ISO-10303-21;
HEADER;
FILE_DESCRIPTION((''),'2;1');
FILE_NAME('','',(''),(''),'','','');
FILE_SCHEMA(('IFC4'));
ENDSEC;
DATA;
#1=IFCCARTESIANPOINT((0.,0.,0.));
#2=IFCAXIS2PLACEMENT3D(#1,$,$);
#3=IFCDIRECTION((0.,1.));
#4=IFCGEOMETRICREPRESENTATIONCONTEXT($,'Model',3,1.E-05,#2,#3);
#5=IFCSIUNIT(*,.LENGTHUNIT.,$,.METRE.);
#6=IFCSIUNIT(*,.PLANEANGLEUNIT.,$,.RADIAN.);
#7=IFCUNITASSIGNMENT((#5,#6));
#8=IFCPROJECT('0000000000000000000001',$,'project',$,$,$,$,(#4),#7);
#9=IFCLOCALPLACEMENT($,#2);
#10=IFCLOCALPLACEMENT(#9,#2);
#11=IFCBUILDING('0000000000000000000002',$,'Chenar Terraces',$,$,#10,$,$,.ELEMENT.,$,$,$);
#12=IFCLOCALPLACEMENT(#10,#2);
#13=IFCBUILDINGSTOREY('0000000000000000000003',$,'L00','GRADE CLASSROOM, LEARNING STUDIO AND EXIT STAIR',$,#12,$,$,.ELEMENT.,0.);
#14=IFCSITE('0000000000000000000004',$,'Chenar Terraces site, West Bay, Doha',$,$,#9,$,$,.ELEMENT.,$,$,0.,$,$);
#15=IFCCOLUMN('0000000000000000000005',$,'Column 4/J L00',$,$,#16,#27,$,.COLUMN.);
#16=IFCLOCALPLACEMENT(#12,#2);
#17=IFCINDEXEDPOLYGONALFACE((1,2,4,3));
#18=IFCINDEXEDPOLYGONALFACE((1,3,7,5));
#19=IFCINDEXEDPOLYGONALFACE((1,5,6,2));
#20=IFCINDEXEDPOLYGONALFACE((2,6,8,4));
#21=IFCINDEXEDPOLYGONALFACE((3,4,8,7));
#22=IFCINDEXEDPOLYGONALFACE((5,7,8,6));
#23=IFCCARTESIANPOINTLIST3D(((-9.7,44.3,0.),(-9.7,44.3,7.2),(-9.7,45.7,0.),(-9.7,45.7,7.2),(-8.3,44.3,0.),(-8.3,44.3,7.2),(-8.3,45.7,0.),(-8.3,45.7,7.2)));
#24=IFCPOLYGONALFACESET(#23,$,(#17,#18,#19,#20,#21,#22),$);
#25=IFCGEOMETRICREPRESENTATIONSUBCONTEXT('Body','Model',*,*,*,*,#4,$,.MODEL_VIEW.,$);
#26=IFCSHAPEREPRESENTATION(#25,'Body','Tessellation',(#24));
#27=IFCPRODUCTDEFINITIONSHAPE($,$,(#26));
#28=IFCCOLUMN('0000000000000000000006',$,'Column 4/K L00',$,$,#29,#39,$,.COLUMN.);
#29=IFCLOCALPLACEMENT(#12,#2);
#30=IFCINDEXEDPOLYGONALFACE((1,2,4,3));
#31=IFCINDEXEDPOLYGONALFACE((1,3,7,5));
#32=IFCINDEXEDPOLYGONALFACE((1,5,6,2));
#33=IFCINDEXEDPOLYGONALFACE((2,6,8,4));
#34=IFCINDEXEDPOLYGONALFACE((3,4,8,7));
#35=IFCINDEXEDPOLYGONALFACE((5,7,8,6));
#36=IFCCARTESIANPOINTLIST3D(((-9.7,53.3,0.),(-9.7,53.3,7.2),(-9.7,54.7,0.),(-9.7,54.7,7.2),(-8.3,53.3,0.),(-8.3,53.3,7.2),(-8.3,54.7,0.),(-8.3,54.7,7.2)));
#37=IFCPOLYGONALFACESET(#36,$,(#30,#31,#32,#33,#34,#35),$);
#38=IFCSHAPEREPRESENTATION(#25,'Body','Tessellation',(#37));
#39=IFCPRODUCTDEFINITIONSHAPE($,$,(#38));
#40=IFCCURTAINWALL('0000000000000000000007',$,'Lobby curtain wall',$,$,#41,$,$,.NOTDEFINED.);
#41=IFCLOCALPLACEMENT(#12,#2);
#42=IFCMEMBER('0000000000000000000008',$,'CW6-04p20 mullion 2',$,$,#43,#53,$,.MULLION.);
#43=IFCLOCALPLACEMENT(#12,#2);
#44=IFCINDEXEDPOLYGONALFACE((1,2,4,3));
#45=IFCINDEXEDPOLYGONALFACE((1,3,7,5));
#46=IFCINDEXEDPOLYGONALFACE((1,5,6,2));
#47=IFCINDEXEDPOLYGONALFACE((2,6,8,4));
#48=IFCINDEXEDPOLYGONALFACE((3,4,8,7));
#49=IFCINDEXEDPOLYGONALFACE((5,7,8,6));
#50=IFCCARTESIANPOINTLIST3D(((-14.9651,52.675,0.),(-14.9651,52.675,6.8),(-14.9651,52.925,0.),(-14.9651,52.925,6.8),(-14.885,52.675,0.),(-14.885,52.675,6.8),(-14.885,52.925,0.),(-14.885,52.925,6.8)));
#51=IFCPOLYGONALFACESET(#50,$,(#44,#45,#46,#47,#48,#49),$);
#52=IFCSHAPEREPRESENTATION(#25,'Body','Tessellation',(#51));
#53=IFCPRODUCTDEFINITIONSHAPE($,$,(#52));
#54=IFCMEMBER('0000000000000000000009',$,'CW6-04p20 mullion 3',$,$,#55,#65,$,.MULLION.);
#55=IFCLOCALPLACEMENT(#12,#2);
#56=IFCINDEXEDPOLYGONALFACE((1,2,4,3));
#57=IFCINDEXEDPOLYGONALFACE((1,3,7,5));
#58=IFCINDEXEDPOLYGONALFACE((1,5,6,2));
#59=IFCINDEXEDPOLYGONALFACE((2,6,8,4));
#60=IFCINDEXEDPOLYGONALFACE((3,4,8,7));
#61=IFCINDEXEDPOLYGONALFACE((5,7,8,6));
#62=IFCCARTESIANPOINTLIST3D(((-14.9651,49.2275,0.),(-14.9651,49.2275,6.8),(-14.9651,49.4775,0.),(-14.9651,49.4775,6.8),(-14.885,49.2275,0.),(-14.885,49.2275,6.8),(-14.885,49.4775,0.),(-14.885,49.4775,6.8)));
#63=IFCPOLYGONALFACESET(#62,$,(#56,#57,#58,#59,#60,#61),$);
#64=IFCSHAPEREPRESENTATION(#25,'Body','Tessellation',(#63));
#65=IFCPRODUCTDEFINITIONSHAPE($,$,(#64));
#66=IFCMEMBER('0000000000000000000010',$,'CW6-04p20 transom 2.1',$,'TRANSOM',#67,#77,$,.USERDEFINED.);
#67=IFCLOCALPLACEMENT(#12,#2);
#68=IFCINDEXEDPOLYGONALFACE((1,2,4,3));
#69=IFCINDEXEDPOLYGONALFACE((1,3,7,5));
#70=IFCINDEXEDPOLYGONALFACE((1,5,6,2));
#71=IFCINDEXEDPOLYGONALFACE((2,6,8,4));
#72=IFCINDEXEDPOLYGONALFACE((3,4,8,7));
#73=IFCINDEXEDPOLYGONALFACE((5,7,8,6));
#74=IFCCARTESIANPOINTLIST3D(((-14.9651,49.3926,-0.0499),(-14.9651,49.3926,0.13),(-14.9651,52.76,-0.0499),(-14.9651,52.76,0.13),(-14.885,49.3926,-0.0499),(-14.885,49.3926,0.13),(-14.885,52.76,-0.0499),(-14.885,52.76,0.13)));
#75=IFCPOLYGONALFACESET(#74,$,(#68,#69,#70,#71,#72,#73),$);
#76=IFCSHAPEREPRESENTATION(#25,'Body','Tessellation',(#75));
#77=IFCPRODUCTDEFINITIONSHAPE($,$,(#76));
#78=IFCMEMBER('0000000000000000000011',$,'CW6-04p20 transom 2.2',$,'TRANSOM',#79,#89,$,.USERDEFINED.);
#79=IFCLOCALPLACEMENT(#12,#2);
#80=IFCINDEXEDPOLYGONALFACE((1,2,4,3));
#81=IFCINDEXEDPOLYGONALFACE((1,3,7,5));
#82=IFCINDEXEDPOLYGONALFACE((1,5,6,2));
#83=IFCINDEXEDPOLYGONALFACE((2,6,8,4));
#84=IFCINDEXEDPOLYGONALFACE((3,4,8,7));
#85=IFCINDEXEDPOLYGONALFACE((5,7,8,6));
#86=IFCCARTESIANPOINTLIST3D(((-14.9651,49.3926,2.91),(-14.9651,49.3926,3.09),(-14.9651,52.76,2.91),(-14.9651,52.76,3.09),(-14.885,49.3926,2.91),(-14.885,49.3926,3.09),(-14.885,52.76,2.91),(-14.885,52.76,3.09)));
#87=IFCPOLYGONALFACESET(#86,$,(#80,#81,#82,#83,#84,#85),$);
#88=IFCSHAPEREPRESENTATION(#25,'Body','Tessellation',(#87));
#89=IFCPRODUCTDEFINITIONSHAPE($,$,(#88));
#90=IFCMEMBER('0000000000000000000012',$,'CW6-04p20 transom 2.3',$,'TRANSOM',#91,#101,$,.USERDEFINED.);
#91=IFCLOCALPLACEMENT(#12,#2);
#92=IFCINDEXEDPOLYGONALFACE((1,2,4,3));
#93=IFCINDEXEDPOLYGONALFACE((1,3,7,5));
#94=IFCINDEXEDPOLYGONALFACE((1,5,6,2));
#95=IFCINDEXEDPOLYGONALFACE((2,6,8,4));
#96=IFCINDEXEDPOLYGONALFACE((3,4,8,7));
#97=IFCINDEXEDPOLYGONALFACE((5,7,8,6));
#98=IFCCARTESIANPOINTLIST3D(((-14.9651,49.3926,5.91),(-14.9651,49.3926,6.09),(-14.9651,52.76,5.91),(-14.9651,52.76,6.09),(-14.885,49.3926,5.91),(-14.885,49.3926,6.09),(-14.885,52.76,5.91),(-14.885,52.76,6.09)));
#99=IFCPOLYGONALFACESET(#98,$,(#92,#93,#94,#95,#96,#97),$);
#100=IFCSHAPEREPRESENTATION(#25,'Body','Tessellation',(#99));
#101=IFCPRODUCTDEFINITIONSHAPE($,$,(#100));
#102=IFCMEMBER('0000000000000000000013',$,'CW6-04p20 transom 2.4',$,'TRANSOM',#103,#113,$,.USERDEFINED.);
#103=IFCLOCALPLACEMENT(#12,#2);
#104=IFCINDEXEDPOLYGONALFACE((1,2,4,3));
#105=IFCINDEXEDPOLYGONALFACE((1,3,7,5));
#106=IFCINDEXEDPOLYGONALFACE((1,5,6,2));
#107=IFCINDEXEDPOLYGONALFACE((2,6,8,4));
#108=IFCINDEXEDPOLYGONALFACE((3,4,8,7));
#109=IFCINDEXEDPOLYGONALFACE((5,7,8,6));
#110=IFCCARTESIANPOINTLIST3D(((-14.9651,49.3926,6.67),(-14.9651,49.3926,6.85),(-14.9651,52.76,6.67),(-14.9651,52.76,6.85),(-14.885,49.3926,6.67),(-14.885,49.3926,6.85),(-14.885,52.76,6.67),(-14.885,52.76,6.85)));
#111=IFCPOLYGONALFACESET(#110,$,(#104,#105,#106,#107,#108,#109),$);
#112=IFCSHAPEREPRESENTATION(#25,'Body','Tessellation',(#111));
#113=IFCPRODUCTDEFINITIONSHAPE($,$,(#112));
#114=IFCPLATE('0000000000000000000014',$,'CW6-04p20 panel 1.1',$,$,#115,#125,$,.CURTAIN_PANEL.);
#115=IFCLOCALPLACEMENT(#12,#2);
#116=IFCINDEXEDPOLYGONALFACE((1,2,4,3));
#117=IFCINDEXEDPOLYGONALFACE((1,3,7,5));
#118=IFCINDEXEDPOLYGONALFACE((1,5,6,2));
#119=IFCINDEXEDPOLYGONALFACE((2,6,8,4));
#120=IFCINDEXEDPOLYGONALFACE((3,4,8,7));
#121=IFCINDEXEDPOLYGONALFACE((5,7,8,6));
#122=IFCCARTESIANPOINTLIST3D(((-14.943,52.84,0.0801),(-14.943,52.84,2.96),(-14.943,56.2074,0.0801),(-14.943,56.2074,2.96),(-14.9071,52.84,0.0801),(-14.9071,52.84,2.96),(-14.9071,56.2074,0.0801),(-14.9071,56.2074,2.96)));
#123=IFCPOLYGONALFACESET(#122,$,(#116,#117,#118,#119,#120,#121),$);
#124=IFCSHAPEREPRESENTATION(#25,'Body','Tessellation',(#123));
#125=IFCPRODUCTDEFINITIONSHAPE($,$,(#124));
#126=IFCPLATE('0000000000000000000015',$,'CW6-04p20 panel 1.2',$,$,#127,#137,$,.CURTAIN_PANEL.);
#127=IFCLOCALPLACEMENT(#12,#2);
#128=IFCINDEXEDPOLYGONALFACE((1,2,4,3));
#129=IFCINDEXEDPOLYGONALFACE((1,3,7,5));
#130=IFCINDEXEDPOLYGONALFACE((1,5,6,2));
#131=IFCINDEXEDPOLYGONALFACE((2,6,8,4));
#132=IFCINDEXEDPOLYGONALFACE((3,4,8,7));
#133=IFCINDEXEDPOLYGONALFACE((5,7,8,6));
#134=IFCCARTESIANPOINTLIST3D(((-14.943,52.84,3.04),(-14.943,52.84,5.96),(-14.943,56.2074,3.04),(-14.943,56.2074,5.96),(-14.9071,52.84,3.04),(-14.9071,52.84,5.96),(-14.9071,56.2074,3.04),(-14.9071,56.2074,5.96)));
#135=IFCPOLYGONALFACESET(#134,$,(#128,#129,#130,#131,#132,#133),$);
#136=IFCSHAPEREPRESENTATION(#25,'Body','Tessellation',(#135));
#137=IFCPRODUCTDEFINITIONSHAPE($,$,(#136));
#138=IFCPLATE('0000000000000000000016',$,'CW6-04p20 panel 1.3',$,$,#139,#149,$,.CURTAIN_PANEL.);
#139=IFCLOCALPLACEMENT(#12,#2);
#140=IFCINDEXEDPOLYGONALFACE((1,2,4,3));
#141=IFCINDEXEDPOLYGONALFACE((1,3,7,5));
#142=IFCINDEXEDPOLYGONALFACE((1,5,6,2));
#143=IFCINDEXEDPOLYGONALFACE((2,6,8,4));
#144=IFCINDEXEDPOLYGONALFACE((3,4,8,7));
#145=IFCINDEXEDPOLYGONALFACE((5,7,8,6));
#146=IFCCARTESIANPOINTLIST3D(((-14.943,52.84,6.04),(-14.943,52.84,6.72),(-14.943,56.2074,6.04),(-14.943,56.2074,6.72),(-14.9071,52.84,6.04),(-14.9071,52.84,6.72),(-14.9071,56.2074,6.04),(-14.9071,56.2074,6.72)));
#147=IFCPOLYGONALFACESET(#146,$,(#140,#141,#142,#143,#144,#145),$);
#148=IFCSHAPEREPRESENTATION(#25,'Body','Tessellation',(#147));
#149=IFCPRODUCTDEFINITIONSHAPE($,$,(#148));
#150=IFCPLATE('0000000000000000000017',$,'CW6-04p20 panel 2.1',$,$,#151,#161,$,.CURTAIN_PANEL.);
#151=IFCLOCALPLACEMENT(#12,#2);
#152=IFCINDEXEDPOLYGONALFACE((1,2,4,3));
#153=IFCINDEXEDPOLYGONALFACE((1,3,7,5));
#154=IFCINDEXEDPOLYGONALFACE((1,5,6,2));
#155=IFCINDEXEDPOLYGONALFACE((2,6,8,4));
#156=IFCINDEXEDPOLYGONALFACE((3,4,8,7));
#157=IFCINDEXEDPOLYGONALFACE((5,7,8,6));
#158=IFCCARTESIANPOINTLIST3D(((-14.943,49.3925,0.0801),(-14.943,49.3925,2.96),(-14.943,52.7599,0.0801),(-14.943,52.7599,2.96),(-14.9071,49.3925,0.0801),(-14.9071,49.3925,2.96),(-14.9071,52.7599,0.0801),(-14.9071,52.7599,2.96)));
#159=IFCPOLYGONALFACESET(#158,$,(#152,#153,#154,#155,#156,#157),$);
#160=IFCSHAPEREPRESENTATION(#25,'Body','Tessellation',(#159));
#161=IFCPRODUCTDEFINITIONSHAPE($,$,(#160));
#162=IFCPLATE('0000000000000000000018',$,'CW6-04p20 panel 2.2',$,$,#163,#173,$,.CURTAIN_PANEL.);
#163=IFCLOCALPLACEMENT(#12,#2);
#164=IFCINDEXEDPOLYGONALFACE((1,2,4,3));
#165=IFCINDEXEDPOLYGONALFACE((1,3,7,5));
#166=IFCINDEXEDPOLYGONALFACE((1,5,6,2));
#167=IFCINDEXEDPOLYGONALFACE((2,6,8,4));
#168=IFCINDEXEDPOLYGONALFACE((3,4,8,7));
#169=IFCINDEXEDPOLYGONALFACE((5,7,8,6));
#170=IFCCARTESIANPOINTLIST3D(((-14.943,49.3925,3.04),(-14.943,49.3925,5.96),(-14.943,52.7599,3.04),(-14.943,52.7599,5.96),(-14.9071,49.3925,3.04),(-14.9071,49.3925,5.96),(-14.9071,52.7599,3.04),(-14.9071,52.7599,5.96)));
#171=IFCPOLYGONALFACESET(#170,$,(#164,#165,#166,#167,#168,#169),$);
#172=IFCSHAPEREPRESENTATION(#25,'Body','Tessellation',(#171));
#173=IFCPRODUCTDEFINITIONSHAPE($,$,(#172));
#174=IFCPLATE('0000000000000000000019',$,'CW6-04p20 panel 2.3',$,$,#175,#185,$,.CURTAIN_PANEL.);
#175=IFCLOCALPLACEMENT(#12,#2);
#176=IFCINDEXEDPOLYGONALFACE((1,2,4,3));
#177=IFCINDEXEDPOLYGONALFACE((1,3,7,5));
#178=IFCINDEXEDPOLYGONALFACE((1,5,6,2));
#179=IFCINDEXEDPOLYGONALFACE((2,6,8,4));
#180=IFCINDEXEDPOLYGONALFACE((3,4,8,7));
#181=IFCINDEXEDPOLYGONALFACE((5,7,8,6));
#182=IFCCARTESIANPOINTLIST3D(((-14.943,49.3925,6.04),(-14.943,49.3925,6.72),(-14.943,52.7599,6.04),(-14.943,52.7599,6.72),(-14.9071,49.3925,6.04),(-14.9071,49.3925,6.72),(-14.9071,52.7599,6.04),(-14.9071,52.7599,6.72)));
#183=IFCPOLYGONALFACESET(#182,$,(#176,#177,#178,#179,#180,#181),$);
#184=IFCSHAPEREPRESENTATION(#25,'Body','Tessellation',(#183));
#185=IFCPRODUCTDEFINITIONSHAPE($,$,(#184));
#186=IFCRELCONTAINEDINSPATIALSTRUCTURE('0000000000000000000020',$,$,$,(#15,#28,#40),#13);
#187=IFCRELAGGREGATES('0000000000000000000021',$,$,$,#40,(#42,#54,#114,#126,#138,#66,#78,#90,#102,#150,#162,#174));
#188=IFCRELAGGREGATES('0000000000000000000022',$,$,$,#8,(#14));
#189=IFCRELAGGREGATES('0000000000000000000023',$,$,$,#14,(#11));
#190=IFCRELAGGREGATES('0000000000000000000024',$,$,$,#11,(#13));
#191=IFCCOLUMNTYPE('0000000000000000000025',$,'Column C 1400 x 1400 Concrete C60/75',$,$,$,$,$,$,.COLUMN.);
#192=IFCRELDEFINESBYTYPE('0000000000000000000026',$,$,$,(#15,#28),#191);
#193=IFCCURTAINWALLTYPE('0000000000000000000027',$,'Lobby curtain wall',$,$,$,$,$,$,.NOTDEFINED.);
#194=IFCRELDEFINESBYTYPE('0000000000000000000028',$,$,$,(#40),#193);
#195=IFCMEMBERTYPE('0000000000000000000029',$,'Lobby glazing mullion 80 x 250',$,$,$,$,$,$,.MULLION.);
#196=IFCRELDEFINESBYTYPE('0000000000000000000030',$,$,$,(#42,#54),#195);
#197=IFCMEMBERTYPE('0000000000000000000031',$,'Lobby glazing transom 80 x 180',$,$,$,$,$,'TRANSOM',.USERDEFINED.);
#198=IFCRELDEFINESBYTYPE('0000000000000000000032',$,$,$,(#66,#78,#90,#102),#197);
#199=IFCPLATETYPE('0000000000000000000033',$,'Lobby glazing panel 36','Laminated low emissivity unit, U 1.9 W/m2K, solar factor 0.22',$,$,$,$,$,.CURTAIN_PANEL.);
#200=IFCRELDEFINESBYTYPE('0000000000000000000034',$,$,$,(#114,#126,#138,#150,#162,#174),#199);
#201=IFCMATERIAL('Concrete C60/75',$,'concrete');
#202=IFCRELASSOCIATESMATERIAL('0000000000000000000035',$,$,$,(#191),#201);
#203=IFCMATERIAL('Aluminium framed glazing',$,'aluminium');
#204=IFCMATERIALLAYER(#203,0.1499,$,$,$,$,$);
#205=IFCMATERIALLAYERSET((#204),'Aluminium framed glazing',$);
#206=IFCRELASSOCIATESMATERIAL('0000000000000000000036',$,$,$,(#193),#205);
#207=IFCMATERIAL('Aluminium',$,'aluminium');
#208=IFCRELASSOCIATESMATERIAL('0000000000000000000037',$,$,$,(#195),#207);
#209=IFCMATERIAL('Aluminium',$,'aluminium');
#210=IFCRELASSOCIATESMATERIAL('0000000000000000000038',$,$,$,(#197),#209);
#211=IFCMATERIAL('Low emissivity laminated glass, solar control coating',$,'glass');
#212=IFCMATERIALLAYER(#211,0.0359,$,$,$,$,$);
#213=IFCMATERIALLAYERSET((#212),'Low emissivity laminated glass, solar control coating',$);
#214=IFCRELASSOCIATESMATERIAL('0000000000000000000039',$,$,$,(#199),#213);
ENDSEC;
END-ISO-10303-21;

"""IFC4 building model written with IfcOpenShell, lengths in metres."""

from ifc_helpers import new_model, si_unit, direction, frame, origin, origin_2d, place, context, subcontext, project, spatial, rectangle, extrude, material, layer, layer_set, material_profile, profile_set, type_object, element, aggregate, save


model = new_model("IFC4")

# Units and contexts
model_context = context("Model", 3, precision=1e-05, world=origin(), true_north=direction((0.0, 1.0)))
body_context = subcontext(model_context, "Body", "Model", "MODEL_VIEW")
ifc_project = project(units=[si_unit("LENGTHUNIT", "METRE"), si_unit("PLANEANGLEUNIT", "RADIAN")], contexts=[model_context])

# Site, building, storey
site_placement = place(None, origin())
site = spatial("IfcSite", under=ifc_project, at=site_placement, Name="Chenar Terraces site, West Bay, Doha", CompositionType="ELEMENT", RefElevation=0.0)
building_placement = place(site_placement, origin())
building = spatial("IfcBuilding", under=site, at=building_placement, Name="Chenar Terraces", CompositionType="ELEMENT")
storey_placement = place(building_placement, origin())
storey = spatial("IfcBuildingStorey", under=building, at=storey_placement, Name="L00", Description="GRADE CLASSROOM, LEARNING STUDIO AND EXIT STAIR", CompositionType="ELEMENT", Elevation=0.0)

# Columns
ifc_material_1 = material(Name="Concrete C60/75", Category="concrete")
ifc_material_profile_1 = material_profile(ifc_material_1, rectangle(XDim=1.3999, YDim=1.3999, at=origin_2d()), Name="C 1400 x 1400")
ifc_profile_set_1 = profile_set([ifc_material_profile_1], Name="Concrete C60/75")
column_type = type_object("IfcColumnType", Name="Column C 1400 x 1400 Concrete C60/75", PredefinedType="COLUMN", material=ifc_profile_set_1)
for number, where, z_axis, x_axis, name in (
    (1, (-9.0, 45.0, 0.0), (0.0, 0.0, 1.0), (1.0, 0.0, 0.0), "Column 4/J L00"),
    (2, (-9.0, 54.0, 0.0), (0.0, 0.0, 1.0), (1.0, 0.0, 0.0), "Column 4/K L00"),
):
    element("IfcColumn", number, at=place(storey_placement, frame(where, z_axis=z_axis, x_axis=x_axis)), inside=storey, type_object=column_type, Name=name, PredefinedType="COLUMN", context=body_context, shape_type="SweptSolid", body=[
        extrude(rectangle(XDim=1.3999, YDim=1.3999, at=origin_2d()), origin(), (0.0, 0.0, 1.0), 7.2),
    ])

# Curtain wall, members, plates
ifc_material_2 = material(Name="Aluminium framed glazing", Category="aluminium")
ifc_layer_1 = layer(ifc_material_2, 0.1499)
ifc_layer_set_1 = layer_set([ifc_layer_1], Name="Aluminium framed glazing")
curtain_wall_type = type_object("IfcCurtainWallType", Name="Lobby curtain wall", PredefinedType="NOTDEFINED", material=ifc_layer_set_1)
curtain_wall_placement = place(storey_placement, origin())
curtain_wall = element("IfcCurtainWall", 3, at=curtain_wall_placement, inside=storey, type_object=curtain_wall_type, Name="Lobby curtain wall", PredefinedType="NOTDEFINED")
ifc_material_3 = material(Name="Aluminium", Category="aluminium")
ifc_material_profile_2 = material_profile(ifc_material_3, rectangle(XDim=0.0801, YDim=0.25, at=origin_2d()), Name="Lobby glazing mullion 80 x 250")
ifc_profile_set_2 = profile_set([ifc_material_profile_2], Name="Aluminium")
member_type_1 = type_object("IfcMemberType", Name="Lobby glazing mullion 80 x 250", PredefinedType="MULLION", material=ifc_profile_set_2)
member_1_placement = place(storey_placement, frame((-14.925, 52.8, 0.0), z_axis=(0.0, 0.0, 1.0), x_axis=(1.0, 0.0, 0.0)))
member_1 = element("IfcMember", 4, at=member_1_placement, type_object=member_type_1, Name="CW6-04p20 mullion 2", PredefinedType="MULLION", context=body_context, shape_type="SweptSolid", body=[
    extrude(rectangle(XDim=0.0801, YDim=0.25, at=origin_2d()), origin(), (0.0, 0.0, 1.0), 6.8),
])
member_2_placement = place(storey_placement, frame((-14.925, 49.3525, 0.0), z_axis=(0.0, 0.0, 1.0), x_axis=(1.0, 0.0, 0.0)))
member_2 = element("IfcMember", 5, at=member_2_placement, type_object=member_type_1, Name="CW6-04p20 mullion 3", PredefinedType="MULLION", context=body_context, shape_type="SweptSolid", body=[
    extrude(rectangle(XDim=0.0801, YDim=0.25, at=origin_2d()), origin(), (0.0, 0.0, 1.0), 6.8),
])
ifc_material_4 = material(Name="Aluminium", Category="aluminium")
ifc_material_profile_3 = material_profile(ifc_material_4, rectangle(XDim=0.0801, YDim=0.1799, at=origin_2d()), Name="Lobby glazing transom 80 x 180")
ifc_profile_set_3 = profile_set([ifc_material_profile_3], Name="Aluminium")
member_type_2 = type_object("IfcMemberType", Name="Lobby glazing transom 80 x 180", ElementType="TRANSOM", PredefinedType="USERDEFINED", material=ifc_profile_set_3)
member_3_placement = place(storey_placement, frame((-14.925, 52.76, 0.04), z_axis=(0.0, -1.0, 0.0), x_axis=(1.0, 0.0, 0.0)))
member_3 = element("IfcMember", 6, at=member_3_placement, type_object=member_type_2, Name="CW6-04p20 transom 2.1", ObjectType="TRANSOM", PredefinedType="USERDEFINED", context=body_context, shape_type="SweptSolid", body=[
    extrude(rectangle(XDim=0.0801, YDim=0.1799, at=origin_2d()), origin(), (0.0, 0.0, 1.0), 3.3674),
])
member_4_placement = place(storey_placement, frame((-14.925, 52.76, 3.0), z_axis=(0.0, -1.0, 0.0), x_axis=(1.0, 0.0, 0.0)))
member_4 = element("IfcMember", 7, at=member_4_placement, type_object=member_type_2, Name="CW6-04p20 transom 2.2", ObjectType="TRANSOM", PredefinedType="USERDEFINED", context=body_context, shape_type="SweptSolid", body=[
    extrude(rectangle(XDim=0.0801, YDim=0.1799, at=origin_2d()), origin(), (0.0, 0.0, 1.0), 3.3674),
])
member_5_placement = place(storey_placement, frame((-14.925, 52.76, 6.0), z_axis=(0.0, -1.0, 0.0), x_axis=(1.0, 0.0, 0.0)))
member_5 = element("IfcMember", 8, at=member_5_placement, type_object=member_type_2, Name="CW6-04p20 transom 2.3", ObjectType="TRANSOM", PredefinedType="USERDEFINED", context=body_context, shape_type="SweptSolid", body=[
    extrude(rectangle(XDim=0.0801, YDim=0.1799, at=origin_2d()), origin(), (0.0, 0.0, 1.0), 3.3674),
])
member_6_placement = place(storey_placement, frame((-14.925, 52.76, 6.76), z_axis=(0.0, -1.0, 0.0), x_axis=(1.0, 0.0, 0.0)))
member_6 = element("IfcMember", 9, at=member_6_placement, type_object=member_type_2, Name="CW6-04p20 transom 2.4", ObjectType="TRANSOM", PredefinedType="USERDEFINED", context=body_context, shape_type="SweptSolid", body=[
    extrude(rectangle(XDim=0.0801, YDim=0.1799, at=origin_2d()), origin(), (0.0, 0.0, 1.0), 3.3674),
])
ifc_material_5 = material(Name="Low emissivity laminated glass, solar control coating", Category="glass")
ifc_layer_2 = layer(ifc_material_5, 0.0359)
ifc_layer_set_2 = layer_set([ifc_layer_2], Name="Low emissivity laminated glass, solar control coating")
plate_type = type_object("IfcPlateType", Name="Lobby glazing panel 36", Description="Laminated low emissivity unit, U 1.9 W/m2K, solar factor 0.22", PredefinedType="CURTAIN_PANEL", material=ifc_layer_set_2)
plate_1_placement = place(storey_placement, frame((-14.925, 54.5237, 0.0801), z_axis=(0.0, 0.0, 1.0), x_axis=(0.0, -1.0, 0.0)))
plate_1 = element("IfcPlate", 10, at=plate_1_placement, type_object=plate_type, Name="CW6-04p20 panel 1.1", PredefinedType="CURTAIN_PANEL", context=body_context, shape_type="SweptSolid", body=[
    extrude(rectangle(XDim=3.3674, YDim=0.0359, at=origin_2d()), origin(), (0.0, 0.0, 1.0), 2.8799),
])
plate_2_placement = place(storey_placement, frame((-14.925, 54.5237, 3.04), z_axis=(0.0, 0.0, 1.0), x_axis=(0.0, -1.0, 0.0)))
plate_2 = element("IfcPlate", 11, at=plate_2_placement, type_object=plate_type, Name="CW6-04p20 panel 1.2", PredefinedType="CURTAIN_PANEL", context=body_context, shape_type="SweptSolid", body=[
    extrude(rectangle(XDim=3.3674, YDim=0.0359, at=origin_2d()), origin(), (0.0, 0.0, 1.0), 2.9199),
])
plate_3_placement = place(storey_placement, frame((-14.925, 54.5237, 6.04), z_axis=(0.0, 0.0, 1.0), x_axis=(0.0, -1.0, 0.0)))
plate_3 = element("IfcPlate", 12, at=plate_3_placement, type_object=plate_type, Name="CW6-04p20 panel 1.3", PredefinedType="CURTAIN_PANEL", context=body_context, shape_type="SweptSolid", body=[
    extrude(rectangle(XDim=3.3674, YDim=0.0359, at=origin_2d()), origin(), (0.0, 0.0, 1.0), 0.6799),
])
plate_4_placement = place(storey_placement, frame((-14.925, 51.0762, 0.0801), z_axis=(0.0, 0.0, 1.0), x_axis=(0.0, -1.0, 0.0)))
plate_4 = element("IfcPlate", 13, at=plate_4_placement, type_object=plate_type, Name="CW6-04p20 panel 2.1", PredefinedType="CURTAIN_PANEL", context=body_context, shape_type="SweptSolid", body=[
    extrude(rectangle(XDim=3.3674, YDim=0.0359, at=origin_2d()), origin(), (0.0, 0.0, 1.0), 2.8799),
])
plate_5_placement = place(storey_placement, frame((-14.925, 51.0762, 3.04), z_axis=(0.0, 0.0, 1.0), x_axis=(0.0, -1.0, 0.0)))
plate_5 = element("IfcPlate", 14, at=plate_5_placement, type_object=plate_type, Name="CW6-04p20 panel 2.2", PredefinedType="CURTAIN_PANEL", context=body_context, shape_type="SweptSolid", body=[
    extrude(rectangle(XDim=3.3674, YDim=0.0359, at=origin_2d()), origin(), (0.0, 0.0, 1.0), 2.9199),
])
plate_6_placement = place(storey_placement, frame((-14.925, 51.0762, 6.04), z_axis=(0.0, 0.0, 1.0), x_axis=(0.0, -1.0, 0.0)))
plate_6 = element("IfcPlate", 15, at=plate_6_placement, type_object=plate_type, Name="CW6-04p20 panel 2.3", PredefinedType="CURTAIN_PANEL", context=body_context, shape_type="SweptSolid", body=[
    extrude(rectangle(XDim=3.3674, YDim=0.0359, at=origin_2d()), origin(), (0.0, 0.0, 1.0), 0.6799),
])
aggregate(curtain_wall, [member_1, member_2, plate_1, plate_2, plate_3, member_3, member_4, member_5, member_6, plate_4, plate_5, plate_6])

save(model, "model.ifc")
